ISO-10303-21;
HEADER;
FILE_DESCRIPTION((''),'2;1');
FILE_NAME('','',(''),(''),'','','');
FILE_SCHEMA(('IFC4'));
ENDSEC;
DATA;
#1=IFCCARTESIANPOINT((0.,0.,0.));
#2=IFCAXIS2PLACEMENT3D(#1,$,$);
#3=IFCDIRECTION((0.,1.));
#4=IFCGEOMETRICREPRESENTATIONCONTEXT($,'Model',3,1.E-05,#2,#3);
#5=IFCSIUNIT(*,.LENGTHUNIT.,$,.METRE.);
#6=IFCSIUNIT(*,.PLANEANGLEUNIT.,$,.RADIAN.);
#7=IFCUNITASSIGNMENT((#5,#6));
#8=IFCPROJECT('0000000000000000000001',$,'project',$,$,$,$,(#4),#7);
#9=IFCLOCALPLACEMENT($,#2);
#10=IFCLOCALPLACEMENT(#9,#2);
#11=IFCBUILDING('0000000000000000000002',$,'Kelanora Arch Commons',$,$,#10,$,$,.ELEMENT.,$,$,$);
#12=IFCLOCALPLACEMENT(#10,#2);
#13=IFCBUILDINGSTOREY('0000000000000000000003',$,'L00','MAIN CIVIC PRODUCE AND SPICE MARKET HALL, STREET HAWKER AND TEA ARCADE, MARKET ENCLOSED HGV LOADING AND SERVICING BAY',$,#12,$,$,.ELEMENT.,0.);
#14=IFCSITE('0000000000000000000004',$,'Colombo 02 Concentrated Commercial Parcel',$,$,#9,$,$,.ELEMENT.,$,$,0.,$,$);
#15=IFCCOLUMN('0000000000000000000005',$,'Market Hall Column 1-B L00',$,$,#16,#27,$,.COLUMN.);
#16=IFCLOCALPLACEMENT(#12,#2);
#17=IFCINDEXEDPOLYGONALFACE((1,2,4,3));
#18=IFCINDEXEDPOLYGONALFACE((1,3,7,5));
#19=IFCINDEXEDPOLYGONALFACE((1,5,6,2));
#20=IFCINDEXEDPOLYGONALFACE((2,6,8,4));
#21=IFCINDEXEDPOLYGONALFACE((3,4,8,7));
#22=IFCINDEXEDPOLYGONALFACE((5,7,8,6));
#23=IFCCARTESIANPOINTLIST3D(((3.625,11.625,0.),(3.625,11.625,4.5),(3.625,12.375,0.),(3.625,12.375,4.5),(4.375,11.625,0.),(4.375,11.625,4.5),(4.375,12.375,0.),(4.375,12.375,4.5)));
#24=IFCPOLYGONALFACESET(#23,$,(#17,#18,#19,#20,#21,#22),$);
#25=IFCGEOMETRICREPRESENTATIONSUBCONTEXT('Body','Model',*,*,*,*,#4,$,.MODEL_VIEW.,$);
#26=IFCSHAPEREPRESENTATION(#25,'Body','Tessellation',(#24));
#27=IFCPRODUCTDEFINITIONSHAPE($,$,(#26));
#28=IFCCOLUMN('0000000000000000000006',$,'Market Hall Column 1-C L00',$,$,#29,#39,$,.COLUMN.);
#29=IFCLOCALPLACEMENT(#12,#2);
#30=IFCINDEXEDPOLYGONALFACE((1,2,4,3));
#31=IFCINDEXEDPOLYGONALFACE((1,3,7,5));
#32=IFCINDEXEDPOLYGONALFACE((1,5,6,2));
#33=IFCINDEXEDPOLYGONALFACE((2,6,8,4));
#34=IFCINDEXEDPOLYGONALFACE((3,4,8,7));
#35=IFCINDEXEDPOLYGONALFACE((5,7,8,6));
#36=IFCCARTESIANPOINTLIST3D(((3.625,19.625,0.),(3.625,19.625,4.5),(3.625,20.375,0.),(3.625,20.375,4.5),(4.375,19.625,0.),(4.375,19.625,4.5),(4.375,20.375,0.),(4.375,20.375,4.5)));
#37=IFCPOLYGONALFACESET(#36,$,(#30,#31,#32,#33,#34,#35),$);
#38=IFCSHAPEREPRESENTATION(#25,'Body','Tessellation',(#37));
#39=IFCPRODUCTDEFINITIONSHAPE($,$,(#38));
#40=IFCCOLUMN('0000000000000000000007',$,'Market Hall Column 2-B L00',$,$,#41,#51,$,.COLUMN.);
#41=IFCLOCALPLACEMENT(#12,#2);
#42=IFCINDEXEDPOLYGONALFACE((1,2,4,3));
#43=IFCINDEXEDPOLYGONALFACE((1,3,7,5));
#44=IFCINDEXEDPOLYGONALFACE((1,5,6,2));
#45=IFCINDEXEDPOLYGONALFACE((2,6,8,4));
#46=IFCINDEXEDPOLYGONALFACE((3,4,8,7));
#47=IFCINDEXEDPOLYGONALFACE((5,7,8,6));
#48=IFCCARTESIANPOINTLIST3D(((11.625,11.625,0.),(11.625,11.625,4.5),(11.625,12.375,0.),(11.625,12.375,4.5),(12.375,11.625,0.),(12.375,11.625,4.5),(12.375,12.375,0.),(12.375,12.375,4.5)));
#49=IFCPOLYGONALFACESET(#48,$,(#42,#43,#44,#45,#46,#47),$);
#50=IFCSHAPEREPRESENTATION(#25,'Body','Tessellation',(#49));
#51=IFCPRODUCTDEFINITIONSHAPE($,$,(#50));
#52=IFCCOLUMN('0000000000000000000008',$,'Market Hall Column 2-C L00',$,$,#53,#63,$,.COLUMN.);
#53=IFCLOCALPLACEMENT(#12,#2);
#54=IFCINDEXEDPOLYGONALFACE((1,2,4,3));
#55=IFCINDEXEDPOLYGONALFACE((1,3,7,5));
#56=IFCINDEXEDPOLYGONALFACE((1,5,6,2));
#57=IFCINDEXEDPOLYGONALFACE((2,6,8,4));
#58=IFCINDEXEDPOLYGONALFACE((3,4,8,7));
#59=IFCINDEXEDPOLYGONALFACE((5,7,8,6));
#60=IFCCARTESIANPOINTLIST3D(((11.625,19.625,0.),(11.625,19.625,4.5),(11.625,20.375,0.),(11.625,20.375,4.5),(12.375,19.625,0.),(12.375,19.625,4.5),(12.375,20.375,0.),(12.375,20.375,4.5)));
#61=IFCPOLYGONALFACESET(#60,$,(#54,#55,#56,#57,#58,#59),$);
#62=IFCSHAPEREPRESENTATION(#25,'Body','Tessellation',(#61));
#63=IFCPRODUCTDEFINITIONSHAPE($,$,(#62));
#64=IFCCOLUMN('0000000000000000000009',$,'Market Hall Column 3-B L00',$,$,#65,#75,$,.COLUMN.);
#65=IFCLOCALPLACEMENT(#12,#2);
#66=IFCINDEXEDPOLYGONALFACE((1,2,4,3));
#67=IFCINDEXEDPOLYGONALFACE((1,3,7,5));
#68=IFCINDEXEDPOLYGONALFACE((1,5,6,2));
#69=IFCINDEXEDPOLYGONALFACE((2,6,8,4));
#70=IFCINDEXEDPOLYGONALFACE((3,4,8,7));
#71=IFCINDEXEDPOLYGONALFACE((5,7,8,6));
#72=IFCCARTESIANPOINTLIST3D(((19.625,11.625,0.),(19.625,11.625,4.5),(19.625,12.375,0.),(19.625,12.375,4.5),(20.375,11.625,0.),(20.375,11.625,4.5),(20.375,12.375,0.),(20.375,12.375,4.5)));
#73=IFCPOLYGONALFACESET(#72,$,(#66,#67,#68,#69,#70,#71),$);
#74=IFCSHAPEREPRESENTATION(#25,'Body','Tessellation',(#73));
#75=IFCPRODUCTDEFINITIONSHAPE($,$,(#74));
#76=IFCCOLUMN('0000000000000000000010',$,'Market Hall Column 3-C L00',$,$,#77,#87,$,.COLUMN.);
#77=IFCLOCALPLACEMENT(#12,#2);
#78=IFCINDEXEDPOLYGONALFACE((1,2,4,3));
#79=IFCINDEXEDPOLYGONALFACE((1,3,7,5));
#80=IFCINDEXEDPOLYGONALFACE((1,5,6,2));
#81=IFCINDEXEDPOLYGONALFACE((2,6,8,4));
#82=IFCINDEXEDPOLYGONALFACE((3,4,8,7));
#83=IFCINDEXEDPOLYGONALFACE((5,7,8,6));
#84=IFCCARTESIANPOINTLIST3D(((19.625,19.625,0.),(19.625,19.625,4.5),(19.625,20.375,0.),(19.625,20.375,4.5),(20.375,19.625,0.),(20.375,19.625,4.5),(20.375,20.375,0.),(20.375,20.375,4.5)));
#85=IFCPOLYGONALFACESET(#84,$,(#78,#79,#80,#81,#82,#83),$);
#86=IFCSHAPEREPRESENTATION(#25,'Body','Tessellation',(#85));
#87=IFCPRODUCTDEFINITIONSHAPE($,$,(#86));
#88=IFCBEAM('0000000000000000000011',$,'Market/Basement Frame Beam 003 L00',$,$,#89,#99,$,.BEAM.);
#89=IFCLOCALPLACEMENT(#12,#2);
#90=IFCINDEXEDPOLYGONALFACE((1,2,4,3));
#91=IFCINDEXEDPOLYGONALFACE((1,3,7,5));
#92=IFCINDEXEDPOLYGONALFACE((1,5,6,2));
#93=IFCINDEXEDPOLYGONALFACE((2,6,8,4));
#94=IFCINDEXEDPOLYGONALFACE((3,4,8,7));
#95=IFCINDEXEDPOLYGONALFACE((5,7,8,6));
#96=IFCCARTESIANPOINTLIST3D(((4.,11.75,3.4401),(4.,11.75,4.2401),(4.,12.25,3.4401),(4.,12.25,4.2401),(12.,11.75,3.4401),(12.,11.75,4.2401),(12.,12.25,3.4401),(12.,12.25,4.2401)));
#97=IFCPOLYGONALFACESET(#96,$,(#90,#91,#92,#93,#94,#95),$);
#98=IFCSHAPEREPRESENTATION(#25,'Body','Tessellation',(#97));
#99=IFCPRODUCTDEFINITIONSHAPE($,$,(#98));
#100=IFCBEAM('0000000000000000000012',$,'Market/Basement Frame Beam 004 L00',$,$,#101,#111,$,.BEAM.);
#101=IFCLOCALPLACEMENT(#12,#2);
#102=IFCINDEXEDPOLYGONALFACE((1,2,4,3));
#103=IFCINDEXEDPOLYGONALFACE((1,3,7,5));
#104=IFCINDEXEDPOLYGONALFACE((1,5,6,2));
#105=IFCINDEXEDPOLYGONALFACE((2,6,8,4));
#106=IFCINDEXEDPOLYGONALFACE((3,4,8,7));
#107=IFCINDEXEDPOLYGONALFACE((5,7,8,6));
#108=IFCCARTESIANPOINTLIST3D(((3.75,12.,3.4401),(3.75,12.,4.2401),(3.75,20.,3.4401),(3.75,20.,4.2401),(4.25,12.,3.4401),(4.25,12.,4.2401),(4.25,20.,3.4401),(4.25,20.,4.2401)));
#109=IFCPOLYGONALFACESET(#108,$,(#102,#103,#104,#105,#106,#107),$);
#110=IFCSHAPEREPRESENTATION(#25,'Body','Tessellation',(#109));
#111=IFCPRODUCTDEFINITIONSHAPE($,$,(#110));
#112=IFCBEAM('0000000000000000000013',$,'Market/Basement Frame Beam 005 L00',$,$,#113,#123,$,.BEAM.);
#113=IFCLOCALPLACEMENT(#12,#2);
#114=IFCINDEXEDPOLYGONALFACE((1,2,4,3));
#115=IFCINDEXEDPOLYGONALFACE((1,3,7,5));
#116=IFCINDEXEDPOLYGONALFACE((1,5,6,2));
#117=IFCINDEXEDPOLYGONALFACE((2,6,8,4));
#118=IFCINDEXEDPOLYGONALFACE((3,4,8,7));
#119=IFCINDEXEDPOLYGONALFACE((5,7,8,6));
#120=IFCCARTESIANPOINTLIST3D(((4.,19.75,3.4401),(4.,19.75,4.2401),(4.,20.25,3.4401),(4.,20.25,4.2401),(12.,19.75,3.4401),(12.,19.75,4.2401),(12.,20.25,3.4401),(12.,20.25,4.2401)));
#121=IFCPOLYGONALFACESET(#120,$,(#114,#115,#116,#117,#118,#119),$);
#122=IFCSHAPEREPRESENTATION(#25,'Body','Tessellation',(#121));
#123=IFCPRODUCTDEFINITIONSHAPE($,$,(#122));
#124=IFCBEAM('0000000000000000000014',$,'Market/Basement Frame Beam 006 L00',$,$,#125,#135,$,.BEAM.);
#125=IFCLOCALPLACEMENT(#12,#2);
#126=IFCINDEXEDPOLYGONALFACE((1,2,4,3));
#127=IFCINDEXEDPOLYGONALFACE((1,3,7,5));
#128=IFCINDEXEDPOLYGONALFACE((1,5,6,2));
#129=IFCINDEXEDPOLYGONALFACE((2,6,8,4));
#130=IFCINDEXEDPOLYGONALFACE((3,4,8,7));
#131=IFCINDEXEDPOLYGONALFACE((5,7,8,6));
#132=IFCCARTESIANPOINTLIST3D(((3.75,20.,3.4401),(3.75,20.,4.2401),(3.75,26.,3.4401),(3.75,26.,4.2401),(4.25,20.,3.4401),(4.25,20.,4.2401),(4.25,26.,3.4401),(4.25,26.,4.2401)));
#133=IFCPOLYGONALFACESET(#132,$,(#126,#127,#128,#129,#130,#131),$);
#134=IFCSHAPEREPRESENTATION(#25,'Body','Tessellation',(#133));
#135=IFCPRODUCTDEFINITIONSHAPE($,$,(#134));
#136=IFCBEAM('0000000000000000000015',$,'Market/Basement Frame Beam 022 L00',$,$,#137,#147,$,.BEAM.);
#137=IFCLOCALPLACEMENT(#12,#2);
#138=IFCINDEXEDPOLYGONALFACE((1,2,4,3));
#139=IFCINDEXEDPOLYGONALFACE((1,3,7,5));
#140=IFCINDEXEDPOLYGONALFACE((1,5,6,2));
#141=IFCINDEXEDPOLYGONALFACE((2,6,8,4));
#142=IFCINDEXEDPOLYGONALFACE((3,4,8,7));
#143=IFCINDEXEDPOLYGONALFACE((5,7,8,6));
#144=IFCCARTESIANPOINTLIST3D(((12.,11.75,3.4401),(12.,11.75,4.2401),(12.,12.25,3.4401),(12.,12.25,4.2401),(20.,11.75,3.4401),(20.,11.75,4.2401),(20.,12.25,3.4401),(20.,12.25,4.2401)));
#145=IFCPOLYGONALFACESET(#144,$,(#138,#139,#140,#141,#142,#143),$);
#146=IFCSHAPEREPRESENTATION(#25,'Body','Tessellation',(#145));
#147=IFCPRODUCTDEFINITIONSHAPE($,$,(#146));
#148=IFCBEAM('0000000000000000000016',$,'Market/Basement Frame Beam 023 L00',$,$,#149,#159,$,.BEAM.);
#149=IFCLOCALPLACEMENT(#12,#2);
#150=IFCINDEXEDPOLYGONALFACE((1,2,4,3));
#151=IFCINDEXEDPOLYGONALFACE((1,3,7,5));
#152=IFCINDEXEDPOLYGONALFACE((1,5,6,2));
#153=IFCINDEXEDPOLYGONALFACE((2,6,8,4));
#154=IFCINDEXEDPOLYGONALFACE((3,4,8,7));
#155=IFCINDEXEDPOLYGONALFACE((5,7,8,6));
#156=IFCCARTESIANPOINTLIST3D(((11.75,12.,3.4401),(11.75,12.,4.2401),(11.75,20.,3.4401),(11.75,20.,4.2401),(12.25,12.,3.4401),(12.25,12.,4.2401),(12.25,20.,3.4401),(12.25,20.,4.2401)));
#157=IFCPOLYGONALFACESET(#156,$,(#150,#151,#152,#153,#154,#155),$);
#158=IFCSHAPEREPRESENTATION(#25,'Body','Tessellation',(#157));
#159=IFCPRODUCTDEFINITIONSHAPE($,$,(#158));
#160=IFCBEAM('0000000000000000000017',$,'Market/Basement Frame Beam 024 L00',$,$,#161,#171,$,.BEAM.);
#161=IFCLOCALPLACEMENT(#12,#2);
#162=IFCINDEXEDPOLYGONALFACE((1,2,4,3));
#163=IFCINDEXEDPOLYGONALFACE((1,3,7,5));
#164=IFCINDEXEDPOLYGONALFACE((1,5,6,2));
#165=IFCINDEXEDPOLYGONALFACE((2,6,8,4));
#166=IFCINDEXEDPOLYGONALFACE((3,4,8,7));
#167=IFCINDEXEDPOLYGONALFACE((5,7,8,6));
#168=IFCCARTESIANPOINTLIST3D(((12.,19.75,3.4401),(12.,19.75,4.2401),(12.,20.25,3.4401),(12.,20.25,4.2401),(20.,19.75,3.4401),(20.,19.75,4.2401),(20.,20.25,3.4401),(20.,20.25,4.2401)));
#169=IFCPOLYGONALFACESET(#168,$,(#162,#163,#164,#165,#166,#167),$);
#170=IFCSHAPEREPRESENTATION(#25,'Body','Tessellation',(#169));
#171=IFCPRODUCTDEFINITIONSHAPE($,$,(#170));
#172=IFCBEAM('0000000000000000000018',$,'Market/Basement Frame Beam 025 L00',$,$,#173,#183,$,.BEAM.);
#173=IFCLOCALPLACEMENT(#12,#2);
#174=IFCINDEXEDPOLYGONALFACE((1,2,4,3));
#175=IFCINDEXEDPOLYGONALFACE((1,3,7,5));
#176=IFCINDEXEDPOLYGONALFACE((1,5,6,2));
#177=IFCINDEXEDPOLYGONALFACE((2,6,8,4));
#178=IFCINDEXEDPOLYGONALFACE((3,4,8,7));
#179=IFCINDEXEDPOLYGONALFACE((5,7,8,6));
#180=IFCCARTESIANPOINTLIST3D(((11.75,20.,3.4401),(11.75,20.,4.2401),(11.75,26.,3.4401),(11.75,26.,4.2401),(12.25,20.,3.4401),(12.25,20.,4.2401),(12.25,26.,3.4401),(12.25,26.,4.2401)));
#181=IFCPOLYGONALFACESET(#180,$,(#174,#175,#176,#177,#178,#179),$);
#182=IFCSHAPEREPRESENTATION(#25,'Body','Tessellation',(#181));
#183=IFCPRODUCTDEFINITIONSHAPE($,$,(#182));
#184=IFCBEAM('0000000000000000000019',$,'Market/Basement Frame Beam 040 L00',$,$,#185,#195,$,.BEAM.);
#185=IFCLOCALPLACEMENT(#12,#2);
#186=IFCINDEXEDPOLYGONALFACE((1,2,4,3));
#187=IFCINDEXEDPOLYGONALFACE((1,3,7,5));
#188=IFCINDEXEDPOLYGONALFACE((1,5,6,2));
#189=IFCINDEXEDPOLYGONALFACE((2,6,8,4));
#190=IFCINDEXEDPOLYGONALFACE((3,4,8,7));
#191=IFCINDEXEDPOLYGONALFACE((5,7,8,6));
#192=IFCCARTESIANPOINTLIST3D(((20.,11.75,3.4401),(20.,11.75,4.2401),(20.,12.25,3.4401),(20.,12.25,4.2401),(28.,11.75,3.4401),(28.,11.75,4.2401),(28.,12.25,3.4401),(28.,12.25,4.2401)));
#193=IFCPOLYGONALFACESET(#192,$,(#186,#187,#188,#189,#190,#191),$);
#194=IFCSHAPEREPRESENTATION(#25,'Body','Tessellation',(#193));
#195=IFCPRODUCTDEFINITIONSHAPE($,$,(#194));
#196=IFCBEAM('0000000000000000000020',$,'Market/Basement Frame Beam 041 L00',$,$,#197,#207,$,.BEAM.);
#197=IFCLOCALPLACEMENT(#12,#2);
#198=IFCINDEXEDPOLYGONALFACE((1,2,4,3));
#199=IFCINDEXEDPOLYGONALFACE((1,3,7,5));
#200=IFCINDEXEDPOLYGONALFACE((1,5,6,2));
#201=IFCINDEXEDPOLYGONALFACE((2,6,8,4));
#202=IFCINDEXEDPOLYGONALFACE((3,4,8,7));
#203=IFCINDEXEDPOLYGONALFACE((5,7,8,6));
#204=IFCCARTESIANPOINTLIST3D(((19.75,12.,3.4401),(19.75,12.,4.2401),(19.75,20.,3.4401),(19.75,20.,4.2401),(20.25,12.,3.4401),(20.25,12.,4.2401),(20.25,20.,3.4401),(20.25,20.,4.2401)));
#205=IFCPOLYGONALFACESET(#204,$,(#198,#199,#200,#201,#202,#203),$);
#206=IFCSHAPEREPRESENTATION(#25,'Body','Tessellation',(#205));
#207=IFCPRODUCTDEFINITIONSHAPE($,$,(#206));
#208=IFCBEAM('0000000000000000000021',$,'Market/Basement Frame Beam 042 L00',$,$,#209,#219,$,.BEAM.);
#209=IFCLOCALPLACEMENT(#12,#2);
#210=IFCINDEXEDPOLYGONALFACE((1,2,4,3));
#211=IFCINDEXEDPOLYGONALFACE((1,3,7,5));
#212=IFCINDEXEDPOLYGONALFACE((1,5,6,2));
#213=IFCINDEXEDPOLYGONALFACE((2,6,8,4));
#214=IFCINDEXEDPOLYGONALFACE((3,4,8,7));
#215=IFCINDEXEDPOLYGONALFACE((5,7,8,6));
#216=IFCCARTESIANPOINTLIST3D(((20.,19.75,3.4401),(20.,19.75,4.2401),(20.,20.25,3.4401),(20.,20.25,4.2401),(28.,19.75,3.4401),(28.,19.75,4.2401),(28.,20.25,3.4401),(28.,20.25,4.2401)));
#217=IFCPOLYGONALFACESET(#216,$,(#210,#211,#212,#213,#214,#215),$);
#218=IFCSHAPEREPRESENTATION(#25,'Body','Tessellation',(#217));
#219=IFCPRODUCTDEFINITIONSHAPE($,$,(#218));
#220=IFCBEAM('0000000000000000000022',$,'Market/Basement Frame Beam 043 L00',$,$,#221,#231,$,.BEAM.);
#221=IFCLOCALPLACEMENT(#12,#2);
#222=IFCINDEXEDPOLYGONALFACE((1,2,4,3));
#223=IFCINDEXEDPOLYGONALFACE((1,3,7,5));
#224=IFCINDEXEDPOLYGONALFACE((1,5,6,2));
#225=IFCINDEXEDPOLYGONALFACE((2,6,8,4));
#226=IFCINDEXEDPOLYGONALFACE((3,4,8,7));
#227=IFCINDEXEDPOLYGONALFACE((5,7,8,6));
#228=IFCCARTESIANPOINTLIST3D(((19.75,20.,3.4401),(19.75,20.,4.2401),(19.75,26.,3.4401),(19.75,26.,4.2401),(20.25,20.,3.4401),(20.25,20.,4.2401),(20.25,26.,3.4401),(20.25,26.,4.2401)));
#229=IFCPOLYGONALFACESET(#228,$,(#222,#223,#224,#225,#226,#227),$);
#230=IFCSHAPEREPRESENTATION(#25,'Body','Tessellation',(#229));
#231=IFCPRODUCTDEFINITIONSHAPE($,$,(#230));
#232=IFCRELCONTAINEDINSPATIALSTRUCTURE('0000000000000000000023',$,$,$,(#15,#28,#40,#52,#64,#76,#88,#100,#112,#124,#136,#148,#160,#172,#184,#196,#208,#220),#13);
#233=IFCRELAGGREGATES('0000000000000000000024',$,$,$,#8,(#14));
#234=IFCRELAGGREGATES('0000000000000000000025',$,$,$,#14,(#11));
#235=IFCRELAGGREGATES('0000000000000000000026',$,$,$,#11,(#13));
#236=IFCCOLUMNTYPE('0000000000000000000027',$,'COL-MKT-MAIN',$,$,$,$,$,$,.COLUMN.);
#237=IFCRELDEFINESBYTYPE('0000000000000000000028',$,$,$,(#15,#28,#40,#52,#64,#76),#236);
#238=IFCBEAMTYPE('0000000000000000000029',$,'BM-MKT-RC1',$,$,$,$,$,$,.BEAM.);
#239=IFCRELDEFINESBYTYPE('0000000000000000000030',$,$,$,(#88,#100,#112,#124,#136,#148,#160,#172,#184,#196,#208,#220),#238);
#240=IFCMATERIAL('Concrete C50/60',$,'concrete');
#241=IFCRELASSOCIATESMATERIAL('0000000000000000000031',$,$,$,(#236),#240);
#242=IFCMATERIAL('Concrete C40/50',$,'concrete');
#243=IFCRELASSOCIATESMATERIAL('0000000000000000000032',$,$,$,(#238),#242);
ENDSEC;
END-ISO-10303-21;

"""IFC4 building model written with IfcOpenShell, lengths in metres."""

from ifc_helpers import new_model, si_unit, direction, frame, origin, origin_2d, place, context, subcontext, project, spatial, rectangle, extrude, material, material_profile, profile_set, type_object, element, save


model = new_model("IFC4")

# Units and contexts
model_context = context("Model", 3, precision=1e-05, world=origin(), true_north=direction((0.0, 1.0)))
body_context = subcontext(model_context, "Body", "Model", "MODEL_VIEW")
ifc_project = project(units=[si_unit("LENGTHUNIT", "METRE"), si_unit("PLANEANGLEUNIT", "RADIAN")], contexts=[model_context])

# Site, building, storey
site_placement = place(None, origin())
site = spatial("IfcSite", under=ifc_project, at=site_placement, Name="Colombo 02 Concentrated Commercial Parcel", CompositionType="ELEMENT", RefElevation=0.0)
building_placement = place(site_placement, origin())
building = spatial("IfcBuilding", under=site, at=building_placement, Name="Kelanora Arch Commons", CompositionType="ELEMENT")
storey_placement = place(building_placement, origin())
storey = spatial("IfcBuildingStorey", under=building, at=storey_placement, Name="L00", Description="MAIN CIVIC PRODUCE AND SPICE MARKET HALL, STREET HAWKER AND TEA ARCADE, MARKET ENCLOSED HGV LOADING AND SERVICING BAY", CompositionType="ELEMENT", Elevation=0.0)

# Columns
ifc_material_1 = material(Name="Concrete C50/60", Category="concrete")
ifc_material_profile_1 = material_profile(ifc_material_1, rectangle(XDim=0.75, YDim=0.75, at=origin_2d()), Name="RC750x750")
ifc_profile_set_1 = profile_set([ifc_material_profile_1], Name="Concrete C50/60")
column_type = type_object("IfcColumnType", Name="COL-MKT-MAIN", PredefinedType="COLUMN", material=ifc_profile_set_1)
for number, where, z_axis, x_axis, name in (
    (1, (4.0, 12.0, 0.0), (0.0, 0.0, 1.0), (1.0, 0.0, 0.0), "Market Hall Column 1-B L00"),
    (2, (4.0, 20.0, 0.0), (0.0, 0.0, 1.0), (1.0, 0.0, 0.0), "Market Hall Column 1-C L00"),
    (3, (12.0, 12.0, 0.0), (0.0, 0.0, 1.0), (1.0, 0.0, 0.0), "Market Hall Column 2-B L00"),
    (4, (12.0, 20.0, 0.0), (0.0, 0.0, 1.0), (1.0, 0.0, 0.0), "Market Hall Column 2-C L00"),
    (5, (20.0, 12.0, 0.0), (0.0, 0.0, 1.0), (1.0, 0.0, 0.0), "Market Hall Column 3-B L00"),
    (6, (20.0, 20.0, 0.0), (0.0, 0.0, 1.0), (1.0, 0.0, 0.0), "Market Hall Column 3-C L00"),
):
    element("IfcColumn", number, at=place(storey_placement, frame(where, z_axis=z_axis, x_axis=x_axis)), inside=storey, type_object=column_type, Name=name, PredefinedType="COLUMN", context=body_context, shape_type="SweptSolid", body=[
        extrude(rectangle(XDim=0.75, YDim=0.75, at=origin_2d()), origin(), (0.0, 0.0, 1.0), 4.5),
    ])

# Beams
ifc_material_2 = material(Name="Concrete C40/50", Category="concrete")
ifc_material_profile_2 = material_profile(ifc_material_2, rectangle(XDim=0.5, YDim=0.8, at=origin_2d()), Name="RCB500x800")
ifc_profile_set_2 = profile_set([ifc_material_profile_2], Name="Concrete C40/50")
beam_type = type_object("IfcBeamType", Name="BM-MKT-RC1", PredefinedType="BEAM", material=ifc_profile_set_2)
for number, where, z_axis, x_axis, name in (
    (7, (4.0, 12.0, 3.8401), (1.0, 0.0, 0.0), (0.0, 1.0, 0.0), "Market/Basement Frame Beam 003 L00"),
    (8, (4.0, 12.0, 3.8401), (0.0, 1.0, 0.0), (-1.0, 0.0, 0.0), "Market/Basement Frame Beam 004 L00"),
    (9, (4.0, 20.0, 3.8401), (1.0, 0.0, 0.0), (0.0, 1.0, 0.0), "Market/Basement Frame Beam 005 L00"),
):
    element("IfcBeam", number, at=place(storey_placement, frame(where, z_axis=z_axis, x_axis=x_axis)), inside=storey, type_object=beam_type, Name=name, PredefinedType="BEAM", context=body_context, shape_type="SweptSolid", body=[
        extrude(rectangle(XDim=0.5, YDim=0.8, at=origin_2d()), origin(), (0.0, 0.0, 1.0), 8.0),
    ])
beam_1_placement = place(storey_placement, frame((4.0, 20.0, 3.8401), z_axis=(0.0, 1.0, 0.0), x_axis=(-1.0, 0.0, 0.0)))
element("IfcBeam", 10, at=beam_1_placement, inside=storey, type_object=beam_type, Name="Market/Basement Frame Beam 006 L00", PredefinedType="BEAM", context=body_context, shape_type="SweptSolid", body=[
    extrude(rectangle(XDim=0.5, YDim=0.8, at=origin_2d()), origin(), (0.0, 0.0, 1.0), 6.0),
])
for number, where, z_axis, x_axis, name in (
    (11, (12.0, 12.0, 3.8401), (1.0, 0.0, 0.0), (0.0, 1.0, 0.0), "Market/Basement Frame Beam 022 L00"),
    (12, (12.0, 12.0, 3.8401), (0.0, 1.0, 0.0), (-1.0, 0.0, 0.0), "Market/Basement Frame Beam 023 L00"),
    (13, (12.0, 20.0, 3.8401), (1.0, 0.0, 0.0), (0.0, 1.0, 0.0), "Market/Basement Frame Beam 024 L00"),
):
    element("IfcBeam", number, at=place(storey_placement, frame(where, z_axis=z_axis, x_axis=x_axis)), inside=storey, type_object=beam_type, Name=name, PredefinedType="BEAM", context=body_context, shape_type="SweptSolid", body=[
        extrude(rectangle(XDim=0.5, YDim=0.8, at=origin_2d()), origin(), (0.0, 0.0, 1.0), 8.0),
    ])
beam_2_placement = place(storey_placement, frame((12.0, 20.0, 3.8401), z_axis=(0.0, 1.0, 0.0), x_axis=(-1.0, 0.0, 0.0)))
element("IfcBeam", 14, at=beam_2_placement, inside=storey, type_object=beam_type, Name="Market/Basement Frame Beam 025 L00", PredefinedType="BEAM", context=body_context, shape_type="SweptSolid", body=[
    extrude(rectangle(XDim=0.5, YDim=0.8, at=origin_2d()), origin(), (0.0, 0.0, 1.0), 6.0),
])
for number, where, z_axis, x_axis, name in (
    (15, (20.0, 12.0, 3.8401), (1.0, 0.0, 0.0), (0.0, 1.0, 0.0), "Market/Basement Frame Beam 040 L00"),
    (16, (20.0, 12.0, 3.8401), (0.0, 1.0, 0.0), (-1.0, 0.0, 0.0), "Market/Basement Frame Beam 041 L00"),
    (17, (20.0, 20.0, 3.8401), (1.0, 0.0, 0.0), (0.0, 1.0, 0.0), "Market/Basement Frame Beam 042 L00"),
):
    element("IfcBeam", number, at=place(storey_placement, frame(where, z_axis=z_axis, x_axis=x_axis)), inside=storey, type_object=beam_type, Name=name, PredefinedType="BEAM", context=body_context, shape_type="SweptSolid", body=[
        extrude(rectangle(XDim=0.5, YDim=0.8, at=origin_2d()), origin(), (0.0, 0.0, 1.0), 8.0),
    ])
beam_3_placement = place(storey_placement, frame((20.0, 20.0, 3.8401), z_axis=(0.0, 1.0, 0.0), x_axis=(-1.0, 0.0, 0.0)))
element("IfcBeam", 18, at=beam_3_placement, inside=storey, type_object=beam_type, Name="Market/Basement Frame Beam 043 L00", PredefinedType="BEAM", context=body_context, shape_type="SweptSolid", body=[
    extrude(rectangle(XDim=0.5, YDim=0.8, at=origin_2d()), origin(), (0.0, 0.0, 1.0), 6.0),
])

save(model, "model.ifc")
